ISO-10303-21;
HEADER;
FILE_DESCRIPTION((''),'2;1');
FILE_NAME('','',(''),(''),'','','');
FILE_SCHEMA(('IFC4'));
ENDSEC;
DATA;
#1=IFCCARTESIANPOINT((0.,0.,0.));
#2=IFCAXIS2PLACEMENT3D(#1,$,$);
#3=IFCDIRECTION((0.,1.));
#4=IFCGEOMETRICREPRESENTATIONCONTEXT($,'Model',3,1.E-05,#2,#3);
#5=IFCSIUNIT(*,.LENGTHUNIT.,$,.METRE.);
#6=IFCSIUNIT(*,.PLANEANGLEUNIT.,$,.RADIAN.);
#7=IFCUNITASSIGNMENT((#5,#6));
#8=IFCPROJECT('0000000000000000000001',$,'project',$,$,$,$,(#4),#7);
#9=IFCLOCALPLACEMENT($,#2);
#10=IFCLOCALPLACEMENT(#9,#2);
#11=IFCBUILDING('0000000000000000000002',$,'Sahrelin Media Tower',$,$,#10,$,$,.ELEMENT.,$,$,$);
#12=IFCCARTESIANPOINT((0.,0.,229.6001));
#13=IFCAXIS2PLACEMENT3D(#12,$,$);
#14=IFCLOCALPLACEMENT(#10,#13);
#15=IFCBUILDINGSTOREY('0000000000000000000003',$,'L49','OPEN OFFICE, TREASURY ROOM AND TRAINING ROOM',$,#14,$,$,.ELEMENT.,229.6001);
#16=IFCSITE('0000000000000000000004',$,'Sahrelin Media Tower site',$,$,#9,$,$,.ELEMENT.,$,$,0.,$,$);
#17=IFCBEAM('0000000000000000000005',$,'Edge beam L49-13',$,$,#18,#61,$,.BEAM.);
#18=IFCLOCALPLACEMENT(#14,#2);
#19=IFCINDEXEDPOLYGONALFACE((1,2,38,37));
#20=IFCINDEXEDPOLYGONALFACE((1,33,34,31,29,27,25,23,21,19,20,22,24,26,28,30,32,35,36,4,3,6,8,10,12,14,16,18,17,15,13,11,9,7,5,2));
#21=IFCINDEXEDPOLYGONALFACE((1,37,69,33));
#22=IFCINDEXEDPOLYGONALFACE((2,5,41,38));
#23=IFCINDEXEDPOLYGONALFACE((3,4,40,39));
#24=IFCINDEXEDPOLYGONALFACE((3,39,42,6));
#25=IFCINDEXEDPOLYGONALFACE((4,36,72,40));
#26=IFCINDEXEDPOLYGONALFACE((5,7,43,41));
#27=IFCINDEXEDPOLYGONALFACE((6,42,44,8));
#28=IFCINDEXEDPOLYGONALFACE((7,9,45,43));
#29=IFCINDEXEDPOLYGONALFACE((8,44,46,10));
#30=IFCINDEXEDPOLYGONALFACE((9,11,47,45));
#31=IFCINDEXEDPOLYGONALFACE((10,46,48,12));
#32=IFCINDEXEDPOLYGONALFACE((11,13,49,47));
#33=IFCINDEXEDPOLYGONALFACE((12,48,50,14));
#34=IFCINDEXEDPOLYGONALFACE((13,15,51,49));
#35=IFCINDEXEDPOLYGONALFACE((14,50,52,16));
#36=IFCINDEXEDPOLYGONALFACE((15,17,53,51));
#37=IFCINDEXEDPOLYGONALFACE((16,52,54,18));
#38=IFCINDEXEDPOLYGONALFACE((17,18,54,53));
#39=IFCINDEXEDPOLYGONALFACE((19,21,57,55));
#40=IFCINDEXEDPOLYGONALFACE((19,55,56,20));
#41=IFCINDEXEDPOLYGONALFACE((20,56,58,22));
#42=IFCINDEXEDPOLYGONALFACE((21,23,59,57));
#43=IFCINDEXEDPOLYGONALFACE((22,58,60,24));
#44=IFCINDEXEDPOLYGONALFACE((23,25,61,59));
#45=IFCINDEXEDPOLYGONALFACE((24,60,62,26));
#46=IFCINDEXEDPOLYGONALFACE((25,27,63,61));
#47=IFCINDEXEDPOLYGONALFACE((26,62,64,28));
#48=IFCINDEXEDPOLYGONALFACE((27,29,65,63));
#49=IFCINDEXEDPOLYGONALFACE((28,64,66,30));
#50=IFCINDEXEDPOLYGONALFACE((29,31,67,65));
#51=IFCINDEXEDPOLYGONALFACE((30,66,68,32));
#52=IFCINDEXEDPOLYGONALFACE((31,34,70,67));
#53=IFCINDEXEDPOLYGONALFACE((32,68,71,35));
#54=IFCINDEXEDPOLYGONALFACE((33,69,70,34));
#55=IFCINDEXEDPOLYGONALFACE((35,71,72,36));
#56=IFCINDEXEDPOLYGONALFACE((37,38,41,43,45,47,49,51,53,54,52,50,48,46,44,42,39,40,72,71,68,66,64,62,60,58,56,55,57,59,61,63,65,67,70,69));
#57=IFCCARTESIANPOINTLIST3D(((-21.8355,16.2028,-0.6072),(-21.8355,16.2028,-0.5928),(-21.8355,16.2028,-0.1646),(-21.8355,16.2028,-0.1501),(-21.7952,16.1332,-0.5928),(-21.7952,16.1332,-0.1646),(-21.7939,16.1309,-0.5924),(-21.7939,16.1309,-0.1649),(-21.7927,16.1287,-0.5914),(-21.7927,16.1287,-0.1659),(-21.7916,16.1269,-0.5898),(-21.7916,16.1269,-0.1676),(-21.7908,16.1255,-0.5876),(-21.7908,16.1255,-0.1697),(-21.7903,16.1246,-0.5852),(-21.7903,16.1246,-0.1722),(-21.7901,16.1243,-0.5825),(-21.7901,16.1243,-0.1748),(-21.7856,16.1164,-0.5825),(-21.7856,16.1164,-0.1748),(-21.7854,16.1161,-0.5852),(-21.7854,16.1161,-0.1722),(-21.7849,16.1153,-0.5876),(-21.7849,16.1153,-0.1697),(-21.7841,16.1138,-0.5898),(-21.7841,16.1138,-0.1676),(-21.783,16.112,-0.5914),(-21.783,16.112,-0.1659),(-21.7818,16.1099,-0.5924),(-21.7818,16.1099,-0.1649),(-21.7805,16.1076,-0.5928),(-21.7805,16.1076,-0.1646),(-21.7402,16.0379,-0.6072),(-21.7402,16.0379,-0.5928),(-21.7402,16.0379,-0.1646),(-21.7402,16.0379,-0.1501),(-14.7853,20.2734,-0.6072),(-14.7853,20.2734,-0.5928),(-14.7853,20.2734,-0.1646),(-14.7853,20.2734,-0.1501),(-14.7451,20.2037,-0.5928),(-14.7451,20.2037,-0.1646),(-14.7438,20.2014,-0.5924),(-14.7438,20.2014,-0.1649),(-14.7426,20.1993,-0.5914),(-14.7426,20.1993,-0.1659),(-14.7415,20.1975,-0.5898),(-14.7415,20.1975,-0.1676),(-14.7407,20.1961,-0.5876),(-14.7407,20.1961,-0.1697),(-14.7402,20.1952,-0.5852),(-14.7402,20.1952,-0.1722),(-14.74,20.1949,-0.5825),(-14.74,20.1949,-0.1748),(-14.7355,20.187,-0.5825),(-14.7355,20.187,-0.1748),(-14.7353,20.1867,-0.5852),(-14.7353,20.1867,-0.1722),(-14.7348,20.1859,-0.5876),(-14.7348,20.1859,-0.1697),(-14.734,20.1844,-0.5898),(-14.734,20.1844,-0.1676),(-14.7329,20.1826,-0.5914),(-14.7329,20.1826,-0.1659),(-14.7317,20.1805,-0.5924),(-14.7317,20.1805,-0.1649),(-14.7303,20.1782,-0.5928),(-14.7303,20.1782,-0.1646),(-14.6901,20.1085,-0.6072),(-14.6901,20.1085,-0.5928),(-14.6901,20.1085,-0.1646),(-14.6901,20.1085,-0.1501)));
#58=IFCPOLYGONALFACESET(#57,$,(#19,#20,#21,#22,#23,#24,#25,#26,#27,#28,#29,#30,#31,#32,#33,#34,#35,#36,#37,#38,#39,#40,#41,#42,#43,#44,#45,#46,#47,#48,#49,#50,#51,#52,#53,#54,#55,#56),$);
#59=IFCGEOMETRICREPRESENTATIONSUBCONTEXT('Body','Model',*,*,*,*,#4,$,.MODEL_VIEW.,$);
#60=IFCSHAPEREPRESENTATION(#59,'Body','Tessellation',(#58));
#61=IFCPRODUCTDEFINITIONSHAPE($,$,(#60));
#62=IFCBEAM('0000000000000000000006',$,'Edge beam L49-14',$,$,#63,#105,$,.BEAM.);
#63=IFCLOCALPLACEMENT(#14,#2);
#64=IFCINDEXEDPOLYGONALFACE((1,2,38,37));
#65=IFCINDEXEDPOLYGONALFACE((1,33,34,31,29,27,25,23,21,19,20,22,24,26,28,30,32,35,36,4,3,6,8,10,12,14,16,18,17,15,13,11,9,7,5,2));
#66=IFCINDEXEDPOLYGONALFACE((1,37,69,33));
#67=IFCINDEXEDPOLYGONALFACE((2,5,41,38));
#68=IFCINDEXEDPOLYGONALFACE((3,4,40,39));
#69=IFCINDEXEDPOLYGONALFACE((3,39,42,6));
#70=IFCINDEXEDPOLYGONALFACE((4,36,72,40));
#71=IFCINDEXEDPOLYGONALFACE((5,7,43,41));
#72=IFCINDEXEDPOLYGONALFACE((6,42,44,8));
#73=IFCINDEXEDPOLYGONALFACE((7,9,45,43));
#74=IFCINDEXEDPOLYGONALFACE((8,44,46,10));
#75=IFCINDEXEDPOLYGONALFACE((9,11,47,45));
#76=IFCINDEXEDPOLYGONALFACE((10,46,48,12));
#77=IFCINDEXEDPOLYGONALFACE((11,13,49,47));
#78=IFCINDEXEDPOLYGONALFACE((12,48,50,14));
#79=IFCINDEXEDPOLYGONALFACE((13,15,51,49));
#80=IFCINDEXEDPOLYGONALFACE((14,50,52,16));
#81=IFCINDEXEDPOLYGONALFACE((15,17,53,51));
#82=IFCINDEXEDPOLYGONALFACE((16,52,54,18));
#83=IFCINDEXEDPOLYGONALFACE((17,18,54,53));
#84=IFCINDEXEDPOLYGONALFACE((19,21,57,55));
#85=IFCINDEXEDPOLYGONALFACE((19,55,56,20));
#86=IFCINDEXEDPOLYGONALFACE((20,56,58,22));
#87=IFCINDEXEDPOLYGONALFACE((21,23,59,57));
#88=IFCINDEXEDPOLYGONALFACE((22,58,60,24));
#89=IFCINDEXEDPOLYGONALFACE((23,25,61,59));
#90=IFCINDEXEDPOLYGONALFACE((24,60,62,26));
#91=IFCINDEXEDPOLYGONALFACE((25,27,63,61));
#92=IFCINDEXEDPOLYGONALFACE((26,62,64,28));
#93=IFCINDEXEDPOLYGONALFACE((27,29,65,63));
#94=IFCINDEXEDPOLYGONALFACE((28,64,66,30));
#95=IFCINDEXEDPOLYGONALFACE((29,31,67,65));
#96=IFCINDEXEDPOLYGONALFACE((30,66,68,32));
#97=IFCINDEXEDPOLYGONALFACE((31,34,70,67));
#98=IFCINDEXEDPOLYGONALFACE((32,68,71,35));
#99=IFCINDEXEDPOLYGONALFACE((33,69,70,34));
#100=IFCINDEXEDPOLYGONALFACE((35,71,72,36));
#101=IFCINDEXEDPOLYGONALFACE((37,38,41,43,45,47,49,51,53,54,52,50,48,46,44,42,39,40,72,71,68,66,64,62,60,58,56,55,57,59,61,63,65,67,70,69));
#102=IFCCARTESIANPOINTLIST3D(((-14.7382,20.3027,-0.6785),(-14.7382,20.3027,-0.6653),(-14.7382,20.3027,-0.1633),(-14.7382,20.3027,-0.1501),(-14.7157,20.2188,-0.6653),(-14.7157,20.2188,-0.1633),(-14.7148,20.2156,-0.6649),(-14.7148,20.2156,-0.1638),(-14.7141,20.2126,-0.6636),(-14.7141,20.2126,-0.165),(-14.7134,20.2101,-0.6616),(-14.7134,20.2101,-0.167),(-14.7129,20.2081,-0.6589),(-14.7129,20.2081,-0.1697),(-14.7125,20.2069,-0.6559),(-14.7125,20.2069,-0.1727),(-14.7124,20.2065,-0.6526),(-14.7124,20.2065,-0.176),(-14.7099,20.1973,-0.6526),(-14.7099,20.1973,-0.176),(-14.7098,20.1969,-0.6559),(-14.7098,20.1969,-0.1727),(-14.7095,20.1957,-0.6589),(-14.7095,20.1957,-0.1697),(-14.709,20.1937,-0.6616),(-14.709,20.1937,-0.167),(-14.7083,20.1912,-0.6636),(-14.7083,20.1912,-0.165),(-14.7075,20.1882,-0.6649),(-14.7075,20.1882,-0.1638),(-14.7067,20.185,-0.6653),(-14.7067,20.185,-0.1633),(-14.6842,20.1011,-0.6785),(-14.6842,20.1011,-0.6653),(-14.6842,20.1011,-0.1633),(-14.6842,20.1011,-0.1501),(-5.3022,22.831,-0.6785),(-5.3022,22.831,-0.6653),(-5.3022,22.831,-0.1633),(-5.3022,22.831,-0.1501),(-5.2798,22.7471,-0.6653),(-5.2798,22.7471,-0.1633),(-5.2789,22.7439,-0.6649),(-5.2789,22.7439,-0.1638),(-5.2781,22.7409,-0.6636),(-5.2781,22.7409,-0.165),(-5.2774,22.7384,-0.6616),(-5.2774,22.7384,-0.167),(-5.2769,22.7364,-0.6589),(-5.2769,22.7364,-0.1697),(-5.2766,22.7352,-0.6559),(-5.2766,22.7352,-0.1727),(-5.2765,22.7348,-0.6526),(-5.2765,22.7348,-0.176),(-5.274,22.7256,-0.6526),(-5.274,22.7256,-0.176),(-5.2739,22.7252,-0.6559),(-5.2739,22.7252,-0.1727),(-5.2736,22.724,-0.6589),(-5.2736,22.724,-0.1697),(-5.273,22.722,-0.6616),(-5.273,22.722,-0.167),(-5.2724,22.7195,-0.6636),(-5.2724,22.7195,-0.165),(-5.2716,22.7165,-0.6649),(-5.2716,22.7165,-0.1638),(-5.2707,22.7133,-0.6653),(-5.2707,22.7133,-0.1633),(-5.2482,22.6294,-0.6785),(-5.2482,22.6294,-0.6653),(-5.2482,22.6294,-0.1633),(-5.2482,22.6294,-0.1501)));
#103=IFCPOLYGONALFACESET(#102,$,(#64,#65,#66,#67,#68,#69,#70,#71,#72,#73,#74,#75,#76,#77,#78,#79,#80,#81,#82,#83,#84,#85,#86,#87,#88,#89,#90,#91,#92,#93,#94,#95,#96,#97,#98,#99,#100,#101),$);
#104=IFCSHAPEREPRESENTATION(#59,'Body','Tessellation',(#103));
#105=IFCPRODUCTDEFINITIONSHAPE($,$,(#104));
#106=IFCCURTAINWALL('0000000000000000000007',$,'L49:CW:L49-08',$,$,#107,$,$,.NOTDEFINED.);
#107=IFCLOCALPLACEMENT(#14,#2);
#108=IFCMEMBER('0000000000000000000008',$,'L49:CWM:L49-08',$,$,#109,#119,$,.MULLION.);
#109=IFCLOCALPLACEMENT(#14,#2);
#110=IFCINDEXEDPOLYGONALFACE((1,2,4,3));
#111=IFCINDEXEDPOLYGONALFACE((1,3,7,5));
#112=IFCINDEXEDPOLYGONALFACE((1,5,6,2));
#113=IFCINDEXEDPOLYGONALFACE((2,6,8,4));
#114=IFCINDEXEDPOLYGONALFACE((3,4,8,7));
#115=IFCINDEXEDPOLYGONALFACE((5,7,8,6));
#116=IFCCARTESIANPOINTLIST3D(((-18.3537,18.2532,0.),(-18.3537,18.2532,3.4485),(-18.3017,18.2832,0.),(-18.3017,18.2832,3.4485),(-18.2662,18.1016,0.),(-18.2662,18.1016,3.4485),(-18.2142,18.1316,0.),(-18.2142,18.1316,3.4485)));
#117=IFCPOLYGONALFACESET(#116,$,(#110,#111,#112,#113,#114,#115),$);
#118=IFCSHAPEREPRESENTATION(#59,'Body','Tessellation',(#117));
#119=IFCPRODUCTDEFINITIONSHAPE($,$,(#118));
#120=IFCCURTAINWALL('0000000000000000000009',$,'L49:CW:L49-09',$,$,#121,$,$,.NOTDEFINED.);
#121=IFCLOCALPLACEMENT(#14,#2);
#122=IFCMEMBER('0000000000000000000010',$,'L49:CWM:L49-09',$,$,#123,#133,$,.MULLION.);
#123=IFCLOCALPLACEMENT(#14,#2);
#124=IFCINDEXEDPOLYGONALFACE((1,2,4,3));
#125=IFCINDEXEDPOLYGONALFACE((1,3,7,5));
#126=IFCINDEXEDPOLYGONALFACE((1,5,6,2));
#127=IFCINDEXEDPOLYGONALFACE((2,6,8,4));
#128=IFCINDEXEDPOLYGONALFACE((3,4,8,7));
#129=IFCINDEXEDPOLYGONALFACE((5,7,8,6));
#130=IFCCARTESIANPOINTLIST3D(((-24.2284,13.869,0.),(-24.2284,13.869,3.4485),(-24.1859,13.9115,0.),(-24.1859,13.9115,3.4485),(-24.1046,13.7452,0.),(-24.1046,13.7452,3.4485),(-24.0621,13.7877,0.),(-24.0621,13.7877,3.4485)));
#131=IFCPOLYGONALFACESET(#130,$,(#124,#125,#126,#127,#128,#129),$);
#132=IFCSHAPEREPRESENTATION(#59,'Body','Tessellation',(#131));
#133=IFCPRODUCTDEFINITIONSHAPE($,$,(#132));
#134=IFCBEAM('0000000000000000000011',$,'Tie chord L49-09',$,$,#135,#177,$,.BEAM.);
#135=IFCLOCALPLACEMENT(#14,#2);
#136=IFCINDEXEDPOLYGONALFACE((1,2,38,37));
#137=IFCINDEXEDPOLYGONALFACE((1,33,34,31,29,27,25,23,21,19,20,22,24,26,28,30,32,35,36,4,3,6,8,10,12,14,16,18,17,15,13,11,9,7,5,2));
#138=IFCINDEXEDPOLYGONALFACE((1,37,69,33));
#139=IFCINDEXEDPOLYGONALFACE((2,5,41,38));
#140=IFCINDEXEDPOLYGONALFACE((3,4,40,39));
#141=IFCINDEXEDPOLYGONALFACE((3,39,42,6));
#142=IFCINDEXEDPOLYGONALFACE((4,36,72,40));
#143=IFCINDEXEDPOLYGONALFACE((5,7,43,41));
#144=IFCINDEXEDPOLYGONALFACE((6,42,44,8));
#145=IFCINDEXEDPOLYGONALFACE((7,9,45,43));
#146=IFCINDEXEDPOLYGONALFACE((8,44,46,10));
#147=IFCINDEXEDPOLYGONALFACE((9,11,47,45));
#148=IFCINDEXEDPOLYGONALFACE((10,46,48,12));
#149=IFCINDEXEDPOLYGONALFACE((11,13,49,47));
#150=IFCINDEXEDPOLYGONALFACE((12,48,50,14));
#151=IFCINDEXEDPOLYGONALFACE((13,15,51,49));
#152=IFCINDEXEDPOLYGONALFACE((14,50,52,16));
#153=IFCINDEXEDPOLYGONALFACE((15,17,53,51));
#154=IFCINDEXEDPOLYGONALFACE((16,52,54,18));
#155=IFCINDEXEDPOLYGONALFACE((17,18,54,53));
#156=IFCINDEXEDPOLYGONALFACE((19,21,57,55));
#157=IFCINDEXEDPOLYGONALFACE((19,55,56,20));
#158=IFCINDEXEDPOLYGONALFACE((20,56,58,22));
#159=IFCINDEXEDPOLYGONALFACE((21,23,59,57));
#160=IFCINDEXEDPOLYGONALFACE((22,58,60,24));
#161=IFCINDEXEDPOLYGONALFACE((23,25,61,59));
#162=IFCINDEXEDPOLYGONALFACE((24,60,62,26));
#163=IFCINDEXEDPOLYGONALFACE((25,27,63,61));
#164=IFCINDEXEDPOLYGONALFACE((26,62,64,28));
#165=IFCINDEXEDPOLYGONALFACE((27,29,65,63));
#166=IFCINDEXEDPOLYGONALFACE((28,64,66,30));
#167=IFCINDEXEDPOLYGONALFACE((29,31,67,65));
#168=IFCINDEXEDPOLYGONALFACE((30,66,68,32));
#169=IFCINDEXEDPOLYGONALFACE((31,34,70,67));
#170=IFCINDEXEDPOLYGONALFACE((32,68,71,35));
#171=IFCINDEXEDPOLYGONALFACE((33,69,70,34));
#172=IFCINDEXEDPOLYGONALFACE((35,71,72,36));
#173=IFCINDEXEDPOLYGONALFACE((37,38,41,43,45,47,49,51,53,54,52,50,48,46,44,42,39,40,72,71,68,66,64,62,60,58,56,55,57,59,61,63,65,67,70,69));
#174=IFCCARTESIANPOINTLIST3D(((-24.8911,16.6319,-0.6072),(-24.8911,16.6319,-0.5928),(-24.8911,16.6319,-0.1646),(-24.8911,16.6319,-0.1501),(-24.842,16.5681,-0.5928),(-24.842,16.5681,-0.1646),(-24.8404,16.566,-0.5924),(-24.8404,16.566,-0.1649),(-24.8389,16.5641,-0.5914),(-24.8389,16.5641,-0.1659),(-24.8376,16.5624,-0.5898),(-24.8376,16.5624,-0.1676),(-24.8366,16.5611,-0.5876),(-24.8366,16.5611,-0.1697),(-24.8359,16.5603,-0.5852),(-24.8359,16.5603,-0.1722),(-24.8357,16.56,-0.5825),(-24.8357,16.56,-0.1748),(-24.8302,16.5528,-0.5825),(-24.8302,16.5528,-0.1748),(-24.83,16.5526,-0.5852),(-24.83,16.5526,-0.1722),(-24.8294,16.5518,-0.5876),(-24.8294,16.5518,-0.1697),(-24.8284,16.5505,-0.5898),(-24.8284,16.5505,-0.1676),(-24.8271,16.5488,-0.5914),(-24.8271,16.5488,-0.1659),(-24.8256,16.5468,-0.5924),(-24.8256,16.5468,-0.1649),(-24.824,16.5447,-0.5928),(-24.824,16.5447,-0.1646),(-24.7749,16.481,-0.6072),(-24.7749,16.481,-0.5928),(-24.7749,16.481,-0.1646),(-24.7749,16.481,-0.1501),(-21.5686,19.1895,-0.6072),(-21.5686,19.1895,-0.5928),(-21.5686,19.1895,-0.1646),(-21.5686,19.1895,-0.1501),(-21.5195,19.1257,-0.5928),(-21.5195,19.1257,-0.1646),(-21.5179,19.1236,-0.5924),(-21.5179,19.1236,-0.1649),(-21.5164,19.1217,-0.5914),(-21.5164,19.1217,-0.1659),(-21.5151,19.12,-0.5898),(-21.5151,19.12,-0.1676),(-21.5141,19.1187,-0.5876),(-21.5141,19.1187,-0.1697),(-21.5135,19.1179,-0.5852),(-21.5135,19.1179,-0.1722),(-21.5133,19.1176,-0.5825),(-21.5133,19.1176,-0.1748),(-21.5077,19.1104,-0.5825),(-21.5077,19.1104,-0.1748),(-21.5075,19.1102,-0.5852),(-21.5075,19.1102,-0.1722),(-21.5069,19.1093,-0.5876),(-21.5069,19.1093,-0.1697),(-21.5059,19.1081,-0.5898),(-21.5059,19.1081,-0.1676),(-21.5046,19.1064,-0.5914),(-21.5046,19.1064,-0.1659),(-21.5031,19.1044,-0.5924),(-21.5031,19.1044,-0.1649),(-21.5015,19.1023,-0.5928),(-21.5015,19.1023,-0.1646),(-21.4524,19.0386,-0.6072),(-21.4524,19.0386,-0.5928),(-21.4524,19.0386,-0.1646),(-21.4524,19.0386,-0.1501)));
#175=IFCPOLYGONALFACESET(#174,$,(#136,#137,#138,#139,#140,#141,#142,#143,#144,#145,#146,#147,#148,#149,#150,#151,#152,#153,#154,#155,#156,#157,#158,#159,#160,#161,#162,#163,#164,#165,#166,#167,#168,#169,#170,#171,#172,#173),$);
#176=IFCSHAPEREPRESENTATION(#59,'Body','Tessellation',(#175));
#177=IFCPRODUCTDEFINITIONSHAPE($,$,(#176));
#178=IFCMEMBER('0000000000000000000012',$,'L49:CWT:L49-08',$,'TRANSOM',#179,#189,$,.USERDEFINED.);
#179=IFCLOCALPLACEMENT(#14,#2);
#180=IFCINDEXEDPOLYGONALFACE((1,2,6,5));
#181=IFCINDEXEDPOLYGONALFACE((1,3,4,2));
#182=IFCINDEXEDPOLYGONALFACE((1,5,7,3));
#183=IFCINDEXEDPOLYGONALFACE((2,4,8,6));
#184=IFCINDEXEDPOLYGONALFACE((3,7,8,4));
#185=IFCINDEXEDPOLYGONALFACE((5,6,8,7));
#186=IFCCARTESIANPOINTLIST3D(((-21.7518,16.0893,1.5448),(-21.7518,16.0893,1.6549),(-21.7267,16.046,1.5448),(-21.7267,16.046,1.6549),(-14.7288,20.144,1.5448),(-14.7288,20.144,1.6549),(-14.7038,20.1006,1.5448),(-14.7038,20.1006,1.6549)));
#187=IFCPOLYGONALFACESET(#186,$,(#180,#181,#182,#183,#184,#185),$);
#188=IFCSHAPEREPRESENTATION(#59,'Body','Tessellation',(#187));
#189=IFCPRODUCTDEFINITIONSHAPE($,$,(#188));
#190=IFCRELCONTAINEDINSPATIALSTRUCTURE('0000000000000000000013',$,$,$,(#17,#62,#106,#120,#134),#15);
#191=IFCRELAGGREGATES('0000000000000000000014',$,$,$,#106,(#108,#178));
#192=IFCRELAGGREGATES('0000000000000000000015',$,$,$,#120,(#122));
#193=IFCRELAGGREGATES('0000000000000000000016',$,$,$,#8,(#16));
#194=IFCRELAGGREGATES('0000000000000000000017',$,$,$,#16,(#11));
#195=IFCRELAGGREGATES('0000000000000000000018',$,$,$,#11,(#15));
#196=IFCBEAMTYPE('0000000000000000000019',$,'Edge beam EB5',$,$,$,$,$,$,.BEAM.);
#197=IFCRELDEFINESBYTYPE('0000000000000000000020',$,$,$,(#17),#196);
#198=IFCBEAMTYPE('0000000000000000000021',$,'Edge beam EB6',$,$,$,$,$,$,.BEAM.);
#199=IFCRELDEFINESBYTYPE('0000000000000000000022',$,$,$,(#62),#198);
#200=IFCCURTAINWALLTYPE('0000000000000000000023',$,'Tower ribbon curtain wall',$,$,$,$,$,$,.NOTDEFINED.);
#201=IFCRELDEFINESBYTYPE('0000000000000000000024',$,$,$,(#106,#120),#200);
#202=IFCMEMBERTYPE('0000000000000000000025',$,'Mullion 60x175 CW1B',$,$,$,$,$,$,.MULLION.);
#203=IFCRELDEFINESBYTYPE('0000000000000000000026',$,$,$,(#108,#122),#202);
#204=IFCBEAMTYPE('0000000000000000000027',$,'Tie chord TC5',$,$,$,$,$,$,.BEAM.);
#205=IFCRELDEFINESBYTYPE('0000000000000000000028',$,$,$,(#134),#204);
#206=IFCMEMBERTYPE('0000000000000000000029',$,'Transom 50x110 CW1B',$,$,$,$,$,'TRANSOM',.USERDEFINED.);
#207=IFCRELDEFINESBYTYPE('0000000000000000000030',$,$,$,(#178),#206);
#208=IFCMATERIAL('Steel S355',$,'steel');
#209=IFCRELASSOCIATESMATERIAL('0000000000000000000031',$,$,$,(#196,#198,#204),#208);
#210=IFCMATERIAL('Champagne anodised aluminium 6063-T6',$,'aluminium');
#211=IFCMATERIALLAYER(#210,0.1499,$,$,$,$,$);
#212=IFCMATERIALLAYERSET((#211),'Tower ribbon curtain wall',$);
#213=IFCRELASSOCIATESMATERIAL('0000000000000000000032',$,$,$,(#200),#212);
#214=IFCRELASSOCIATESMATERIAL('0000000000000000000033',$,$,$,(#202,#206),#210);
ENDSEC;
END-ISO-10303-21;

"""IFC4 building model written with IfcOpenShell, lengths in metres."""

from ifc_helpers import new_model, si_unit, direction, frame, origin, origin_2d, place, context, subcontext, project, spatial, rectangle, i_section, extrude, material, layer, layer_set, material_profile, profile_set, type_object, element, aggregate, save


model = new_model("IFC4")

# Units and contexts
model_context = context("Model", 3, precision=1e-05, world=origin(), true_north=direction((0.0, 1.0)))
body_context = subcontext(model_context, "Body", "Model", "MODEL_VIEW")
ifc_project = project(units=[si_unit("LENGTHUNIT", "METRE"), si_unit("PLANEANGLEUNIT", "RADIAN")], contexts=[model_context])

# Site, building, storey
site_placement = place(None, origin())
site = spatial("IfcSite", under=ifc_project, at=site_placement, Name="Sahrelin Media Tower site", CompositionType="ELEMENT", RefElevation=0.0)
building_placement = place(site_placement, origin())
building = spatial("IfcBuilding", under=site, at=building_placement, Name="Sahrelin Media Tower", CompositionType="ELEMENT")
storey_placement = place(building_placement, frame((0.0, 0.0, 229.6001)))
storey = spatial("IfcBuildingStorey", under=building, at=storey_placement, Name="L49", Description="OPEN OFFICE, TREASURY ROOM AND TRAINING ROOM", CompositionType="ELEMENT", Elevation=229.6001)

# Beams
ifc_material_1 = material(Name="Steel S355", Category="steel")
ifc_material_profile_1 = material_profile(ifc_material_1, i_section(OverallWidth=0.1904, OverallDepth=0.457, WebThickness=0.009, FlangeThickness=0.0144, FilletRadius=0.0103, at=origin_2d()), Name="UB 457x191x74")
ifc_profile_set_1 = profile_set([ifc_material_profile_1], Name="Steel S355")
beam_type_1 = type_object("IfcBeamType", Name="Edge beam EB5", PredefinedType="BEAM", material=ifc_profile_set_1)
beam_1_placement = place(storey_placement, frame((-21.7878, 16.1204, -0.3787), z_axis=(0.866014, 0.500019, 0.0), x_axis=(-0.500019, 0.866014, 0.0)))
element("IfcBeam", 1, at=beam_1_placement, inside=storey, type_object=beam_type_1, Name="Edge beam L49-13", PredefinedType="BEAM", context=body_context, shape_type="SweptSolid", body=[
    extrude(i_section(OverallWidth=0.1904, OverallDepth=0.457, WebThickness=0.009, FlangeThickness=0.0144, FilletRadius=0.0103, at=origin_2d()), origin(), (0.0, 0.0, 1.0), 8.1409),
])
ifc_material_profile_2 = material_profile(ifc_material_1, i_section(OverallWidth=0.2087, OverallDepth=0.5283, WebThickness=0.0095, FlangeThickness=0.0132, FilletRadius=0.0127, at=origin_2d()), Name="UB 533x210x82")
ifc_profile_set_2 = profile_set([ifc_material_profile_2], Name="Steel S355")
beam_type_2 = type_object("IfcBeamType", Name="Edge beam EB6", PredefinedType="BEAM", material=ifc_profile_set_2)
beam_2_placement = place(storey_placement, frame((-14.7112, 20.2019, -0.4143), z_axis=(0.965927, 0.258814, 0.0), x_axis=(-0.258814, 0.965927, 0.0)))
element("IfcBeam", 2, at=beam_2_placement, inside=storey, type_object=beam_type_2, Name="Edge beam L49-14", PredefinedType="BEAM", context=body_context, shape_type="SweptSolid", body=[
    extrude(i_section(OverallWidth=0.2087, OverallDepth=0.5283, WebThickness=0.0095, FlangeThickness=0.0132, FilletRadius=0.0127, at=origin_2d()), origin(), (0.0, 0.0, 1.0), 9.7688),
])

# Curtain walls, members
ifc_material_2 = material(Name="Champagne anodised aluminium 6063-T6", Category="aluminium")
ifc_layer_1 = layer(ifc_material_2, 0.1499)
ifc_layer_set_1 = layer_set([ifc_layer_1], Name="Tower ribbon curtain wall")
curtain_wall_type = type_object("IfcCurtainWallType", Name="Tower ribbon curtain wall", PredefinedType="NOTDEFINED", material=ifc_layer_set_1)
curtain_wall_1_placement = place(storey_placement, frame((-18.3376, 18.2854, 0.0), z_axis=(0.0, 0.0, 1.0), x_axis=(1.0, 0.0, 0.0)))
curtain_wall_1 = element("IfcCurtainWall", 3, at=curtain_wall_1_placement, inside=storey, type_object=curtain_wall_type, Name="L49:CW:L49-08", PredefinedType="NOTDEFINED")
ifc_material_profile_3 = material_profile(ifc_material_2, rectangle(XDim=0.0601, YDim=0.175, at=origin_2d()), Name="Mullion 60x175")
ifc_profile_set_3 = profile_set([ifc_material_profile_3], Name="Champagne anodised aluminium 6063-T6")
member_type_1 = type_object("IfcMemberType", Name="Mullion 60x175 CW1B", PredefinedType="MULLION", material=ifc_profile_set_3)
member_1_placement = place(storey_placement, frame((-18.2839, 18.1924, 0.0), z_axis=(0.0, 0.0, 1.0), x_axis=(-0.866024, -0.500003, 0.0)))
member_1 = element("IfcMember", 4, at=member_1_placement, type_object=member_type_1, Name="L49:CWM:L49-08", PredefinedType="MULLION", context=body_context, shape_type="SweptSolid", body=[
    extrude(rectangle(XDim=0.0601, YDim=0.175, at=origin_2d()), origin(), (0.0, 0.0, 1.0), 3.4485),
])
curtain_wall_2_placement = place(storey_placement, frame((-24.2212, 13.9043, 0.0), z_axis=(0.0, 0.0, 1.0), x_axis=(1.0, 0.0, 0.0)))
curtain_wall_2 = element("IfcCurtainWall", 5, at=curtain_wall_2_placement, inside=storey, type_object=curtain_wall_type, Name="L49:CW:L49-09", PredefinedType="NOTDEFINED")
member_2_placement = place(storey_placement, frame((-24.1453, 13.8284, 0.0), z_axis=(0.0, 0.0, 1.0), x_axis=(-0.707107, -0.707107, 0.0)))
member_2 = element("IfcMember", 6, at=member_2_placement, type_object=member_type_1, Name="L49:CWM:L49-09", PredefinedType="MULLION", context=body_context, shape_type="SweptSolid", body=[
    extrude(rectangle(XDim=0.0601, YDim=0.175, at=origin_2d()), origin(), (0.0, 0.0, 1.0), 3.4485),
])

# Beam
ifc_material_profile_4 = material_profile(ifc_material_1, i_section(OverallWidth=0.1904, OverallDepth=0.457, WebThickness=0.009, FlangeThickness=0.0144, FilletRadius=0.0103, at=origin_2d()), Name="UB 457x191x74")
ifc_profile_set_4 = profile_set([ifc_material_profile_4], Name="Steel S355")
beam_type_3 = type_object("IfcBeamType", Name="Tie chord TC5", PredefinedType="BEAM", material=ifc_profile_set_4)
beam_3_placement = place(storey_placement, frame((-21.5105, 19.114, -0.3787), z_axis=(-0.792412, -0.609986, 0.0), x_axis=(0.609986, -0.792412, 0.0)))
element("IfcBeam", 7, at=beam_3_placement, inside=storey, type_object=beam_type_3, Name="Tie chord L49-09", PredefinedType="BEAM", context=body_context, shape_type="SweptSolid", body=[
    extrude(i_section(OverallWidth=0.1904, OverallDepth=0.457, WebThickness=0.009, FlangeThickness=0.0144, FilletRadius=0.0103, at=origin_2d()), origin(), (0.0, 0.0, 1.0), 4.1929),
])

# Member
ifc_material_profile_5 = material_profile(ifc_material_2, rectangle(XDim=0.05, YDim=0.1101, at=origin_2d()), Name="Transom 50x110")
ifc_profile_set_5 = profile_set([ifc_material_profile_5], Name="Champagne anodised aluminium 6063-T6")
member_type_2 = type_object("IfcMemberType", Name="Transom 50x110 CW1B", ElementType="TRANSOM", PredefinedType="USERDEFINED", material=ifc_profile_set_5)
member_3_placement = place(storey_placement, frame((-14.7163, 20.1223, 1.5999), z_axis=(-0.866026, -0.499999, 0.0), x_axis=(0.499999, -0.866026, 0.0)))
member_3 = element("IfcMember", 8, at=member_3_placement, type_object=member_type_2, Name="L49:CWT:L49-08", ObjectType="TRANSOM", PredefinedType="USERDEFINED", context=body_context, shape_type="SweptSolid", body=[
    extrude(rectangle(XDim=0.05, YDim=0.1101, at=origin_2d()), origin(), (0.0, 0.0, 1.0), 8.1094),
])

aggregate(curtain_wall_1, [member_1, member_3])
aggregate(curtain_wall_2, [member_2])

save(model, "model.ifc")
